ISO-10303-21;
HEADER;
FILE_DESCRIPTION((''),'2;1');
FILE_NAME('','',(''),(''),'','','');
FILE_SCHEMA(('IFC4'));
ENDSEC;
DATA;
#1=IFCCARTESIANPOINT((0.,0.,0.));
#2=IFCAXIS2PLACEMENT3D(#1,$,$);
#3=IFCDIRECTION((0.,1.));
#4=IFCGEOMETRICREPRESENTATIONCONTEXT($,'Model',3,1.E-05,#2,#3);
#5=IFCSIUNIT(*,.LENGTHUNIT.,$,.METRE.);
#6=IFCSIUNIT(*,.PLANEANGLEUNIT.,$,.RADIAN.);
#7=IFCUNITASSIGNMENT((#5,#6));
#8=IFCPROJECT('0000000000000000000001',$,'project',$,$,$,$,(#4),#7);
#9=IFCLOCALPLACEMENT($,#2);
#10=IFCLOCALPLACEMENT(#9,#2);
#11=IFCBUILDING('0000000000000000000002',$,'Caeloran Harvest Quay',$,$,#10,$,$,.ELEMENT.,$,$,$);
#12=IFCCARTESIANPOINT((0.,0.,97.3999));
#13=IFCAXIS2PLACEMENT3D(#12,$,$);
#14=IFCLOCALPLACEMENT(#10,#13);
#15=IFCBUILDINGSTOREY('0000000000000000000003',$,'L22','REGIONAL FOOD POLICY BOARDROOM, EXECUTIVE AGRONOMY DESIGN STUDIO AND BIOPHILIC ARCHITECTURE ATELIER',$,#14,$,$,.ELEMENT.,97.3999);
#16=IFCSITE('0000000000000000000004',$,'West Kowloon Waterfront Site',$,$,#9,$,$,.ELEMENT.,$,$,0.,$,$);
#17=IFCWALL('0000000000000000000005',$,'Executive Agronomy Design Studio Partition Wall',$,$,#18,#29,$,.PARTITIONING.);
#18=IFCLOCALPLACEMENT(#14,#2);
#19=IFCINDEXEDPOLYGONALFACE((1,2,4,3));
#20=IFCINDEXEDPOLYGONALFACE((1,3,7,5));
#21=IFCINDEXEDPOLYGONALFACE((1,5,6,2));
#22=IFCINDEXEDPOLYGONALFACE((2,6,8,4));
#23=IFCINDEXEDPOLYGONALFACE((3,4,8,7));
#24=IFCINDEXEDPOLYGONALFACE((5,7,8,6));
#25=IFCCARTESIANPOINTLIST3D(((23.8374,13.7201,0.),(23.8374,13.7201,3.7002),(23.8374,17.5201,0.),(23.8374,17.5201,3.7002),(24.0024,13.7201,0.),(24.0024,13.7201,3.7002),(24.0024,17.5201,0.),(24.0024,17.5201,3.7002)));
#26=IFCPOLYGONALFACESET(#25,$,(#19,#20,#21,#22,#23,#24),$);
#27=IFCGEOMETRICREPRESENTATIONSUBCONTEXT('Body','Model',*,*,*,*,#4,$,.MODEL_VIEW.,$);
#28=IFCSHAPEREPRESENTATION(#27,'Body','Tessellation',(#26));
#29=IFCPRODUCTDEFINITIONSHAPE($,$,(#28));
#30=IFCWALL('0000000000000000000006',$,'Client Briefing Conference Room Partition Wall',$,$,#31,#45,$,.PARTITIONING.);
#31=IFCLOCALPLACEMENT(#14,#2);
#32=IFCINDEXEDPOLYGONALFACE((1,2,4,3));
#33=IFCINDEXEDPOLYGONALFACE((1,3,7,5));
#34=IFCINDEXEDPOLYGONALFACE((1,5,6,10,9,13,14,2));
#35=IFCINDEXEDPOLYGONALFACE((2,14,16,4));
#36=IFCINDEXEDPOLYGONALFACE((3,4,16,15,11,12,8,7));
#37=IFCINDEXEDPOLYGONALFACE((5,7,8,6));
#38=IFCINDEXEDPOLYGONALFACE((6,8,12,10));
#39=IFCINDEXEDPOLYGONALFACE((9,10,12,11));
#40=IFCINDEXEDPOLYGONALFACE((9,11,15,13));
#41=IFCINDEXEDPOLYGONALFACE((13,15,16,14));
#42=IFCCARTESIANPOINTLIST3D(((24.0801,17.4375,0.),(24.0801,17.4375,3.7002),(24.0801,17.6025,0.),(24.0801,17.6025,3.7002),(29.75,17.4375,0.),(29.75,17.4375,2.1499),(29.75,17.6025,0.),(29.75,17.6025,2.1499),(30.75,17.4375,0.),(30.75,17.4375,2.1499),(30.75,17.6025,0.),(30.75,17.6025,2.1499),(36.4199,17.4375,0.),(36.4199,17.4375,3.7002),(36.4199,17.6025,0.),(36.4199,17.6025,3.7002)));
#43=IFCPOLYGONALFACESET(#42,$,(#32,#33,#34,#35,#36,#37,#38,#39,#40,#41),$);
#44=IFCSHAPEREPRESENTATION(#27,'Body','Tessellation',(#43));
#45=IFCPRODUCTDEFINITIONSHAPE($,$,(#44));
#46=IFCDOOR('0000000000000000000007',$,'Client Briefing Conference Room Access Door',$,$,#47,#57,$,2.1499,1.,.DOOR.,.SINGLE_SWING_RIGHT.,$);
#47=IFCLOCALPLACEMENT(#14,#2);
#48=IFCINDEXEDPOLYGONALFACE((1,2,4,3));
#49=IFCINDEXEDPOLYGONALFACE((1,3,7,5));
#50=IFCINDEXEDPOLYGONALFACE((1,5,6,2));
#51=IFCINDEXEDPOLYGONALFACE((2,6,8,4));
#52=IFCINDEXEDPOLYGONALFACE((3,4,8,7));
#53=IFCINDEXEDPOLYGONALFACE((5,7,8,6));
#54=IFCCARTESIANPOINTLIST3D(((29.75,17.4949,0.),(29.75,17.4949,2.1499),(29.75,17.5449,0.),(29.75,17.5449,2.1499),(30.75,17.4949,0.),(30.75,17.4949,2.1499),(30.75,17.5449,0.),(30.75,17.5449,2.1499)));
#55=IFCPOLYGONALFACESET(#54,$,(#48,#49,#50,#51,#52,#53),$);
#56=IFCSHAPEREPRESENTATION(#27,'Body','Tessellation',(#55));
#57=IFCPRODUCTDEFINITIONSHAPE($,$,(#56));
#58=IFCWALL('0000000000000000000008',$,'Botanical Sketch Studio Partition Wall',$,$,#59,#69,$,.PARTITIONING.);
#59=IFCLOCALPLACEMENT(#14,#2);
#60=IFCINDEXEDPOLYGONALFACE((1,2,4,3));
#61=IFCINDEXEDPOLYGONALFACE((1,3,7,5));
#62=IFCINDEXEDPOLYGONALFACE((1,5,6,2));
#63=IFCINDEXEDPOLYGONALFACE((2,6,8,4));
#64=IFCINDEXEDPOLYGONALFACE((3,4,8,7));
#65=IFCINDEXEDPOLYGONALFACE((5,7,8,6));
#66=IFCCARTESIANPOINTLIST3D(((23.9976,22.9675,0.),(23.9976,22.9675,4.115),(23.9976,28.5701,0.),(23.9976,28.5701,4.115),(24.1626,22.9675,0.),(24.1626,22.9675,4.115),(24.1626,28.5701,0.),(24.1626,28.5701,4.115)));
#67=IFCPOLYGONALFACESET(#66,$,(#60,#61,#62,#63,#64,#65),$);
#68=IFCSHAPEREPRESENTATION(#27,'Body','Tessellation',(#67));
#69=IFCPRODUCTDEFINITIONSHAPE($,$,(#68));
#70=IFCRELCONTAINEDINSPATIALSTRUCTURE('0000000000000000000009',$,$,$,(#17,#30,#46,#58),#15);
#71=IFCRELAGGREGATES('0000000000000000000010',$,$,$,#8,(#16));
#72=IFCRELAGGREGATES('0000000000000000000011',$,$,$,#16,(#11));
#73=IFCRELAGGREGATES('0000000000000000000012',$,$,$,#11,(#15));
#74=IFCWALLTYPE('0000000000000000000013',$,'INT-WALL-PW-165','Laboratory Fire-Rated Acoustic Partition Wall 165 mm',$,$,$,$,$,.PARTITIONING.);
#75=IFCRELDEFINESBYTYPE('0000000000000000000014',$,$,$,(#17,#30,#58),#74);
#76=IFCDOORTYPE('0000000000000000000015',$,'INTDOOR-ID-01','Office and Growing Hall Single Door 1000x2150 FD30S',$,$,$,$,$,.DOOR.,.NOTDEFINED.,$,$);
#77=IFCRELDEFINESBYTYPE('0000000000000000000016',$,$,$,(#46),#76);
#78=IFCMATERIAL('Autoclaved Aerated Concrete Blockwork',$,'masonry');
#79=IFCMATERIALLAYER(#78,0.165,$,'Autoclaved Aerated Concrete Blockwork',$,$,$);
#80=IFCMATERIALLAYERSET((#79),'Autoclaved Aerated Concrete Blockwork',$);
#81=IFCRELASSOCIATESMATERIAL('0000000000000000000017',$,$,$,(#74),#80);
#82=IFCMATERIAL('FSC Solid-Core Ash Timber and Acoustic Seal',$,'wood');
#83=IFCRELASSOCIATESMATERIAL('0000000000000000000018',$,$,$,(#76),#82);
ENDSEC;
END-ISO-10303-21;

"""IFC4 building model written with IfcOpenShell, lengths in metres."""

from ifc_helpers import new_model, si_unit, direction, frame, frame_2d, origin, place, context, subcontext, project, spatial, rectangle, extrude, material, layer, layer_set, type_object, element, fill, save


model = new_model("IFC4")

# Units and contexts
model_context = context("Model", 3, precision=1e-05, world=origin(), true_north=direction((0.0, 1.0)))
body_context = subcontext(model_context, "Body", "Model", "MODEL_VIEW")
ifc_project = project(units=[si_unit("LENGTHUNIT", "METRE"), si_unit("PLANEANGLEUNIT", "RADIAN")], contexts=[model_context])

# Site, building, storey
site_placement = place(None, origin())
site = spatial("IfcSite", under=ifc_project, at=site_placement, Name="West Kowloon Waterfront Site", CompositionType="ELEMENT", RefElevation=0.0)
building_placement = place(site_placement, origin())
building = spatial("IfcBuilding", under=site, at=building_placement, Name="Caeloran Harvest Quay", CompositionType="ELEMENT")
storey_placement = place(building_placement, frame((0.0, 0.0, 97.3999)))
storey = spatial("IfcBuildingStorey", under=building, at=storey_placement, Name="L22", Description="REGIONAL FOOD POLICY BOARDROOM, EXECUTIVE AGRONOMY DESIGN STUDIO AND BIOPHILIC ARCHITECTURE ATELIER", CompositionType="ELEMENT", Elevation=97.3999)

# Wall
ifc_material_1 = material(Name="Autoclaved Aerated Concrete Blockwork", Category="masonry")
ifc_layer = layer(ifc_material_1, 0.165, Name="Autoclaved Aerated Concrete Blockwork")
ifc_layer_set = layer_set([ifc_layer], Name="Autoclaved Aerated Concrete Blockwork")
wall_type = type_object("IfcWallType", Name="INT-WALL-PW-165", Description="Laboratory Fire-Rated Acoustic Partition Wall 165 mm", PredefinedType="PARTITIONING", material=ifc_layer_set)
wall_1_placement = place(storey_placement, frame((23.9199, 17.52, 0.0), z_axis=(0.0, 0.0, 1.0), x_axis=(0.0, -1.0, 0.0)))
element("IfcWall", 1, at=wall_1_placement, inside=storey, type_object=wall_type, Name="Executive Agronomy Design Studio Partition Wall", PredefinedType="PARTITIONING", context=body_context, shape_type="SweptSolid", body=[
    extrude(rectangle(XDim=3.8, YDim=0.165, at=frame_2d((1.8999, 0.0))), origin(), (0.0, 0.0, 1.0), 3.7002),
])

# Wall, opening, door
wall_2_placement = place(storey_placement, frame((24.0801, 17.52, 0.0), z_axis=(0.0, 0.0, 1.0), x_axis=(1.0, 0.0, 0.0)))
wall_2 = element("IfcWall", 2, at=wall_2_placement, inside=storey, type_object=wall_type, Name="Client Briefing Conference Room Partition Wall", PredefinedType="PARTITIONING", context=body_context, shape_type="SweptSolid", body=[
    extrude(rectangle(XDim=12.3398, YDim=0.165, at=frame_2d((6.1699, 0.0))), origin(), (0.0, 0.0, 1.0), 3.7002),
])
opening_placement = place(wall_2_placement, frame((5.6699, 0.0, 0.0)))
opening = element("IfcOpeningElement", 3, at=opening_placement, cuts=wall_2, PredefinedType="OPENING", context=body_context, shape_type="SweptSolid", body=[
    extrude(rectangle(XDim=1.0, YDim=2.1499, at=frame_2d((0.5, 1.075))), frame((0.0, 0.0925, 0.0), z_axis=(0.0, -1.0, 0.0), x_axis=(1.0, 0.0, 0.0)), (0.0, 0.0, 1.0), 0.1851),
])
ifc_material_2 = material(Name="FSC Solid-Core Ash Timber and Acoustic Seal", Category="wood")
door_type = type_object("IfcDoorType", Name="INTDOOR-ID-01", Description="Office and Growing Hall Single Door 1000x2150 FD30S", OperationType="NOTDEFINED", PredefinedType="DOOR", material=ifc_material_2)
door_placement = place(opening_placement, origin())
door = element("IfcDoor", 4, at=door_placement, inside=storey, type_object=door_type, Name="Client Briefing Conference Room Access Door", OperationType="SINGLE_SWING_RIGHT", OverallHeight=2.1499, OverallWidth=1.0, PredefinedType="DOOR", context=body_context, shape_type="SweptSolid", body=[
    extrude(rectangle(XDim=1.0, YDim=2.1499, at=frame_2d((0.5, 1.075))), frame((0.0, 0.0249, 0.0), z_axis=(0.0, -1.0, 0.0), x_axis=(1.0, 0.0, 0.0)), (0.0, 0.0, 1.0), 0.05),
])
fill(opening, door)

# Wall
wall_3_placement = place(storey_placement, frame((24.0801, 22.9675, 0.0), z_axis=(0.0, 0.0, 1.0), x_axis=(0.0, 1.0, 0.0)))
element("IfcWall", 5, at=wall_3_placement, inside=storey, type_object=wall_type, Name="Botanical Sketch Studio Partition Wall", PredefinedType="PARTITIONING", context=body_context, shape_type="SweptSolid", body=[
    extrude(rectangle(XDim=5.6025, YDim=0.165, at=frame_2d((2.8013, 0.0))), origin(), (0.0, 0.0, 1.0), 4.115),
])

save(model, "model.ifc")
